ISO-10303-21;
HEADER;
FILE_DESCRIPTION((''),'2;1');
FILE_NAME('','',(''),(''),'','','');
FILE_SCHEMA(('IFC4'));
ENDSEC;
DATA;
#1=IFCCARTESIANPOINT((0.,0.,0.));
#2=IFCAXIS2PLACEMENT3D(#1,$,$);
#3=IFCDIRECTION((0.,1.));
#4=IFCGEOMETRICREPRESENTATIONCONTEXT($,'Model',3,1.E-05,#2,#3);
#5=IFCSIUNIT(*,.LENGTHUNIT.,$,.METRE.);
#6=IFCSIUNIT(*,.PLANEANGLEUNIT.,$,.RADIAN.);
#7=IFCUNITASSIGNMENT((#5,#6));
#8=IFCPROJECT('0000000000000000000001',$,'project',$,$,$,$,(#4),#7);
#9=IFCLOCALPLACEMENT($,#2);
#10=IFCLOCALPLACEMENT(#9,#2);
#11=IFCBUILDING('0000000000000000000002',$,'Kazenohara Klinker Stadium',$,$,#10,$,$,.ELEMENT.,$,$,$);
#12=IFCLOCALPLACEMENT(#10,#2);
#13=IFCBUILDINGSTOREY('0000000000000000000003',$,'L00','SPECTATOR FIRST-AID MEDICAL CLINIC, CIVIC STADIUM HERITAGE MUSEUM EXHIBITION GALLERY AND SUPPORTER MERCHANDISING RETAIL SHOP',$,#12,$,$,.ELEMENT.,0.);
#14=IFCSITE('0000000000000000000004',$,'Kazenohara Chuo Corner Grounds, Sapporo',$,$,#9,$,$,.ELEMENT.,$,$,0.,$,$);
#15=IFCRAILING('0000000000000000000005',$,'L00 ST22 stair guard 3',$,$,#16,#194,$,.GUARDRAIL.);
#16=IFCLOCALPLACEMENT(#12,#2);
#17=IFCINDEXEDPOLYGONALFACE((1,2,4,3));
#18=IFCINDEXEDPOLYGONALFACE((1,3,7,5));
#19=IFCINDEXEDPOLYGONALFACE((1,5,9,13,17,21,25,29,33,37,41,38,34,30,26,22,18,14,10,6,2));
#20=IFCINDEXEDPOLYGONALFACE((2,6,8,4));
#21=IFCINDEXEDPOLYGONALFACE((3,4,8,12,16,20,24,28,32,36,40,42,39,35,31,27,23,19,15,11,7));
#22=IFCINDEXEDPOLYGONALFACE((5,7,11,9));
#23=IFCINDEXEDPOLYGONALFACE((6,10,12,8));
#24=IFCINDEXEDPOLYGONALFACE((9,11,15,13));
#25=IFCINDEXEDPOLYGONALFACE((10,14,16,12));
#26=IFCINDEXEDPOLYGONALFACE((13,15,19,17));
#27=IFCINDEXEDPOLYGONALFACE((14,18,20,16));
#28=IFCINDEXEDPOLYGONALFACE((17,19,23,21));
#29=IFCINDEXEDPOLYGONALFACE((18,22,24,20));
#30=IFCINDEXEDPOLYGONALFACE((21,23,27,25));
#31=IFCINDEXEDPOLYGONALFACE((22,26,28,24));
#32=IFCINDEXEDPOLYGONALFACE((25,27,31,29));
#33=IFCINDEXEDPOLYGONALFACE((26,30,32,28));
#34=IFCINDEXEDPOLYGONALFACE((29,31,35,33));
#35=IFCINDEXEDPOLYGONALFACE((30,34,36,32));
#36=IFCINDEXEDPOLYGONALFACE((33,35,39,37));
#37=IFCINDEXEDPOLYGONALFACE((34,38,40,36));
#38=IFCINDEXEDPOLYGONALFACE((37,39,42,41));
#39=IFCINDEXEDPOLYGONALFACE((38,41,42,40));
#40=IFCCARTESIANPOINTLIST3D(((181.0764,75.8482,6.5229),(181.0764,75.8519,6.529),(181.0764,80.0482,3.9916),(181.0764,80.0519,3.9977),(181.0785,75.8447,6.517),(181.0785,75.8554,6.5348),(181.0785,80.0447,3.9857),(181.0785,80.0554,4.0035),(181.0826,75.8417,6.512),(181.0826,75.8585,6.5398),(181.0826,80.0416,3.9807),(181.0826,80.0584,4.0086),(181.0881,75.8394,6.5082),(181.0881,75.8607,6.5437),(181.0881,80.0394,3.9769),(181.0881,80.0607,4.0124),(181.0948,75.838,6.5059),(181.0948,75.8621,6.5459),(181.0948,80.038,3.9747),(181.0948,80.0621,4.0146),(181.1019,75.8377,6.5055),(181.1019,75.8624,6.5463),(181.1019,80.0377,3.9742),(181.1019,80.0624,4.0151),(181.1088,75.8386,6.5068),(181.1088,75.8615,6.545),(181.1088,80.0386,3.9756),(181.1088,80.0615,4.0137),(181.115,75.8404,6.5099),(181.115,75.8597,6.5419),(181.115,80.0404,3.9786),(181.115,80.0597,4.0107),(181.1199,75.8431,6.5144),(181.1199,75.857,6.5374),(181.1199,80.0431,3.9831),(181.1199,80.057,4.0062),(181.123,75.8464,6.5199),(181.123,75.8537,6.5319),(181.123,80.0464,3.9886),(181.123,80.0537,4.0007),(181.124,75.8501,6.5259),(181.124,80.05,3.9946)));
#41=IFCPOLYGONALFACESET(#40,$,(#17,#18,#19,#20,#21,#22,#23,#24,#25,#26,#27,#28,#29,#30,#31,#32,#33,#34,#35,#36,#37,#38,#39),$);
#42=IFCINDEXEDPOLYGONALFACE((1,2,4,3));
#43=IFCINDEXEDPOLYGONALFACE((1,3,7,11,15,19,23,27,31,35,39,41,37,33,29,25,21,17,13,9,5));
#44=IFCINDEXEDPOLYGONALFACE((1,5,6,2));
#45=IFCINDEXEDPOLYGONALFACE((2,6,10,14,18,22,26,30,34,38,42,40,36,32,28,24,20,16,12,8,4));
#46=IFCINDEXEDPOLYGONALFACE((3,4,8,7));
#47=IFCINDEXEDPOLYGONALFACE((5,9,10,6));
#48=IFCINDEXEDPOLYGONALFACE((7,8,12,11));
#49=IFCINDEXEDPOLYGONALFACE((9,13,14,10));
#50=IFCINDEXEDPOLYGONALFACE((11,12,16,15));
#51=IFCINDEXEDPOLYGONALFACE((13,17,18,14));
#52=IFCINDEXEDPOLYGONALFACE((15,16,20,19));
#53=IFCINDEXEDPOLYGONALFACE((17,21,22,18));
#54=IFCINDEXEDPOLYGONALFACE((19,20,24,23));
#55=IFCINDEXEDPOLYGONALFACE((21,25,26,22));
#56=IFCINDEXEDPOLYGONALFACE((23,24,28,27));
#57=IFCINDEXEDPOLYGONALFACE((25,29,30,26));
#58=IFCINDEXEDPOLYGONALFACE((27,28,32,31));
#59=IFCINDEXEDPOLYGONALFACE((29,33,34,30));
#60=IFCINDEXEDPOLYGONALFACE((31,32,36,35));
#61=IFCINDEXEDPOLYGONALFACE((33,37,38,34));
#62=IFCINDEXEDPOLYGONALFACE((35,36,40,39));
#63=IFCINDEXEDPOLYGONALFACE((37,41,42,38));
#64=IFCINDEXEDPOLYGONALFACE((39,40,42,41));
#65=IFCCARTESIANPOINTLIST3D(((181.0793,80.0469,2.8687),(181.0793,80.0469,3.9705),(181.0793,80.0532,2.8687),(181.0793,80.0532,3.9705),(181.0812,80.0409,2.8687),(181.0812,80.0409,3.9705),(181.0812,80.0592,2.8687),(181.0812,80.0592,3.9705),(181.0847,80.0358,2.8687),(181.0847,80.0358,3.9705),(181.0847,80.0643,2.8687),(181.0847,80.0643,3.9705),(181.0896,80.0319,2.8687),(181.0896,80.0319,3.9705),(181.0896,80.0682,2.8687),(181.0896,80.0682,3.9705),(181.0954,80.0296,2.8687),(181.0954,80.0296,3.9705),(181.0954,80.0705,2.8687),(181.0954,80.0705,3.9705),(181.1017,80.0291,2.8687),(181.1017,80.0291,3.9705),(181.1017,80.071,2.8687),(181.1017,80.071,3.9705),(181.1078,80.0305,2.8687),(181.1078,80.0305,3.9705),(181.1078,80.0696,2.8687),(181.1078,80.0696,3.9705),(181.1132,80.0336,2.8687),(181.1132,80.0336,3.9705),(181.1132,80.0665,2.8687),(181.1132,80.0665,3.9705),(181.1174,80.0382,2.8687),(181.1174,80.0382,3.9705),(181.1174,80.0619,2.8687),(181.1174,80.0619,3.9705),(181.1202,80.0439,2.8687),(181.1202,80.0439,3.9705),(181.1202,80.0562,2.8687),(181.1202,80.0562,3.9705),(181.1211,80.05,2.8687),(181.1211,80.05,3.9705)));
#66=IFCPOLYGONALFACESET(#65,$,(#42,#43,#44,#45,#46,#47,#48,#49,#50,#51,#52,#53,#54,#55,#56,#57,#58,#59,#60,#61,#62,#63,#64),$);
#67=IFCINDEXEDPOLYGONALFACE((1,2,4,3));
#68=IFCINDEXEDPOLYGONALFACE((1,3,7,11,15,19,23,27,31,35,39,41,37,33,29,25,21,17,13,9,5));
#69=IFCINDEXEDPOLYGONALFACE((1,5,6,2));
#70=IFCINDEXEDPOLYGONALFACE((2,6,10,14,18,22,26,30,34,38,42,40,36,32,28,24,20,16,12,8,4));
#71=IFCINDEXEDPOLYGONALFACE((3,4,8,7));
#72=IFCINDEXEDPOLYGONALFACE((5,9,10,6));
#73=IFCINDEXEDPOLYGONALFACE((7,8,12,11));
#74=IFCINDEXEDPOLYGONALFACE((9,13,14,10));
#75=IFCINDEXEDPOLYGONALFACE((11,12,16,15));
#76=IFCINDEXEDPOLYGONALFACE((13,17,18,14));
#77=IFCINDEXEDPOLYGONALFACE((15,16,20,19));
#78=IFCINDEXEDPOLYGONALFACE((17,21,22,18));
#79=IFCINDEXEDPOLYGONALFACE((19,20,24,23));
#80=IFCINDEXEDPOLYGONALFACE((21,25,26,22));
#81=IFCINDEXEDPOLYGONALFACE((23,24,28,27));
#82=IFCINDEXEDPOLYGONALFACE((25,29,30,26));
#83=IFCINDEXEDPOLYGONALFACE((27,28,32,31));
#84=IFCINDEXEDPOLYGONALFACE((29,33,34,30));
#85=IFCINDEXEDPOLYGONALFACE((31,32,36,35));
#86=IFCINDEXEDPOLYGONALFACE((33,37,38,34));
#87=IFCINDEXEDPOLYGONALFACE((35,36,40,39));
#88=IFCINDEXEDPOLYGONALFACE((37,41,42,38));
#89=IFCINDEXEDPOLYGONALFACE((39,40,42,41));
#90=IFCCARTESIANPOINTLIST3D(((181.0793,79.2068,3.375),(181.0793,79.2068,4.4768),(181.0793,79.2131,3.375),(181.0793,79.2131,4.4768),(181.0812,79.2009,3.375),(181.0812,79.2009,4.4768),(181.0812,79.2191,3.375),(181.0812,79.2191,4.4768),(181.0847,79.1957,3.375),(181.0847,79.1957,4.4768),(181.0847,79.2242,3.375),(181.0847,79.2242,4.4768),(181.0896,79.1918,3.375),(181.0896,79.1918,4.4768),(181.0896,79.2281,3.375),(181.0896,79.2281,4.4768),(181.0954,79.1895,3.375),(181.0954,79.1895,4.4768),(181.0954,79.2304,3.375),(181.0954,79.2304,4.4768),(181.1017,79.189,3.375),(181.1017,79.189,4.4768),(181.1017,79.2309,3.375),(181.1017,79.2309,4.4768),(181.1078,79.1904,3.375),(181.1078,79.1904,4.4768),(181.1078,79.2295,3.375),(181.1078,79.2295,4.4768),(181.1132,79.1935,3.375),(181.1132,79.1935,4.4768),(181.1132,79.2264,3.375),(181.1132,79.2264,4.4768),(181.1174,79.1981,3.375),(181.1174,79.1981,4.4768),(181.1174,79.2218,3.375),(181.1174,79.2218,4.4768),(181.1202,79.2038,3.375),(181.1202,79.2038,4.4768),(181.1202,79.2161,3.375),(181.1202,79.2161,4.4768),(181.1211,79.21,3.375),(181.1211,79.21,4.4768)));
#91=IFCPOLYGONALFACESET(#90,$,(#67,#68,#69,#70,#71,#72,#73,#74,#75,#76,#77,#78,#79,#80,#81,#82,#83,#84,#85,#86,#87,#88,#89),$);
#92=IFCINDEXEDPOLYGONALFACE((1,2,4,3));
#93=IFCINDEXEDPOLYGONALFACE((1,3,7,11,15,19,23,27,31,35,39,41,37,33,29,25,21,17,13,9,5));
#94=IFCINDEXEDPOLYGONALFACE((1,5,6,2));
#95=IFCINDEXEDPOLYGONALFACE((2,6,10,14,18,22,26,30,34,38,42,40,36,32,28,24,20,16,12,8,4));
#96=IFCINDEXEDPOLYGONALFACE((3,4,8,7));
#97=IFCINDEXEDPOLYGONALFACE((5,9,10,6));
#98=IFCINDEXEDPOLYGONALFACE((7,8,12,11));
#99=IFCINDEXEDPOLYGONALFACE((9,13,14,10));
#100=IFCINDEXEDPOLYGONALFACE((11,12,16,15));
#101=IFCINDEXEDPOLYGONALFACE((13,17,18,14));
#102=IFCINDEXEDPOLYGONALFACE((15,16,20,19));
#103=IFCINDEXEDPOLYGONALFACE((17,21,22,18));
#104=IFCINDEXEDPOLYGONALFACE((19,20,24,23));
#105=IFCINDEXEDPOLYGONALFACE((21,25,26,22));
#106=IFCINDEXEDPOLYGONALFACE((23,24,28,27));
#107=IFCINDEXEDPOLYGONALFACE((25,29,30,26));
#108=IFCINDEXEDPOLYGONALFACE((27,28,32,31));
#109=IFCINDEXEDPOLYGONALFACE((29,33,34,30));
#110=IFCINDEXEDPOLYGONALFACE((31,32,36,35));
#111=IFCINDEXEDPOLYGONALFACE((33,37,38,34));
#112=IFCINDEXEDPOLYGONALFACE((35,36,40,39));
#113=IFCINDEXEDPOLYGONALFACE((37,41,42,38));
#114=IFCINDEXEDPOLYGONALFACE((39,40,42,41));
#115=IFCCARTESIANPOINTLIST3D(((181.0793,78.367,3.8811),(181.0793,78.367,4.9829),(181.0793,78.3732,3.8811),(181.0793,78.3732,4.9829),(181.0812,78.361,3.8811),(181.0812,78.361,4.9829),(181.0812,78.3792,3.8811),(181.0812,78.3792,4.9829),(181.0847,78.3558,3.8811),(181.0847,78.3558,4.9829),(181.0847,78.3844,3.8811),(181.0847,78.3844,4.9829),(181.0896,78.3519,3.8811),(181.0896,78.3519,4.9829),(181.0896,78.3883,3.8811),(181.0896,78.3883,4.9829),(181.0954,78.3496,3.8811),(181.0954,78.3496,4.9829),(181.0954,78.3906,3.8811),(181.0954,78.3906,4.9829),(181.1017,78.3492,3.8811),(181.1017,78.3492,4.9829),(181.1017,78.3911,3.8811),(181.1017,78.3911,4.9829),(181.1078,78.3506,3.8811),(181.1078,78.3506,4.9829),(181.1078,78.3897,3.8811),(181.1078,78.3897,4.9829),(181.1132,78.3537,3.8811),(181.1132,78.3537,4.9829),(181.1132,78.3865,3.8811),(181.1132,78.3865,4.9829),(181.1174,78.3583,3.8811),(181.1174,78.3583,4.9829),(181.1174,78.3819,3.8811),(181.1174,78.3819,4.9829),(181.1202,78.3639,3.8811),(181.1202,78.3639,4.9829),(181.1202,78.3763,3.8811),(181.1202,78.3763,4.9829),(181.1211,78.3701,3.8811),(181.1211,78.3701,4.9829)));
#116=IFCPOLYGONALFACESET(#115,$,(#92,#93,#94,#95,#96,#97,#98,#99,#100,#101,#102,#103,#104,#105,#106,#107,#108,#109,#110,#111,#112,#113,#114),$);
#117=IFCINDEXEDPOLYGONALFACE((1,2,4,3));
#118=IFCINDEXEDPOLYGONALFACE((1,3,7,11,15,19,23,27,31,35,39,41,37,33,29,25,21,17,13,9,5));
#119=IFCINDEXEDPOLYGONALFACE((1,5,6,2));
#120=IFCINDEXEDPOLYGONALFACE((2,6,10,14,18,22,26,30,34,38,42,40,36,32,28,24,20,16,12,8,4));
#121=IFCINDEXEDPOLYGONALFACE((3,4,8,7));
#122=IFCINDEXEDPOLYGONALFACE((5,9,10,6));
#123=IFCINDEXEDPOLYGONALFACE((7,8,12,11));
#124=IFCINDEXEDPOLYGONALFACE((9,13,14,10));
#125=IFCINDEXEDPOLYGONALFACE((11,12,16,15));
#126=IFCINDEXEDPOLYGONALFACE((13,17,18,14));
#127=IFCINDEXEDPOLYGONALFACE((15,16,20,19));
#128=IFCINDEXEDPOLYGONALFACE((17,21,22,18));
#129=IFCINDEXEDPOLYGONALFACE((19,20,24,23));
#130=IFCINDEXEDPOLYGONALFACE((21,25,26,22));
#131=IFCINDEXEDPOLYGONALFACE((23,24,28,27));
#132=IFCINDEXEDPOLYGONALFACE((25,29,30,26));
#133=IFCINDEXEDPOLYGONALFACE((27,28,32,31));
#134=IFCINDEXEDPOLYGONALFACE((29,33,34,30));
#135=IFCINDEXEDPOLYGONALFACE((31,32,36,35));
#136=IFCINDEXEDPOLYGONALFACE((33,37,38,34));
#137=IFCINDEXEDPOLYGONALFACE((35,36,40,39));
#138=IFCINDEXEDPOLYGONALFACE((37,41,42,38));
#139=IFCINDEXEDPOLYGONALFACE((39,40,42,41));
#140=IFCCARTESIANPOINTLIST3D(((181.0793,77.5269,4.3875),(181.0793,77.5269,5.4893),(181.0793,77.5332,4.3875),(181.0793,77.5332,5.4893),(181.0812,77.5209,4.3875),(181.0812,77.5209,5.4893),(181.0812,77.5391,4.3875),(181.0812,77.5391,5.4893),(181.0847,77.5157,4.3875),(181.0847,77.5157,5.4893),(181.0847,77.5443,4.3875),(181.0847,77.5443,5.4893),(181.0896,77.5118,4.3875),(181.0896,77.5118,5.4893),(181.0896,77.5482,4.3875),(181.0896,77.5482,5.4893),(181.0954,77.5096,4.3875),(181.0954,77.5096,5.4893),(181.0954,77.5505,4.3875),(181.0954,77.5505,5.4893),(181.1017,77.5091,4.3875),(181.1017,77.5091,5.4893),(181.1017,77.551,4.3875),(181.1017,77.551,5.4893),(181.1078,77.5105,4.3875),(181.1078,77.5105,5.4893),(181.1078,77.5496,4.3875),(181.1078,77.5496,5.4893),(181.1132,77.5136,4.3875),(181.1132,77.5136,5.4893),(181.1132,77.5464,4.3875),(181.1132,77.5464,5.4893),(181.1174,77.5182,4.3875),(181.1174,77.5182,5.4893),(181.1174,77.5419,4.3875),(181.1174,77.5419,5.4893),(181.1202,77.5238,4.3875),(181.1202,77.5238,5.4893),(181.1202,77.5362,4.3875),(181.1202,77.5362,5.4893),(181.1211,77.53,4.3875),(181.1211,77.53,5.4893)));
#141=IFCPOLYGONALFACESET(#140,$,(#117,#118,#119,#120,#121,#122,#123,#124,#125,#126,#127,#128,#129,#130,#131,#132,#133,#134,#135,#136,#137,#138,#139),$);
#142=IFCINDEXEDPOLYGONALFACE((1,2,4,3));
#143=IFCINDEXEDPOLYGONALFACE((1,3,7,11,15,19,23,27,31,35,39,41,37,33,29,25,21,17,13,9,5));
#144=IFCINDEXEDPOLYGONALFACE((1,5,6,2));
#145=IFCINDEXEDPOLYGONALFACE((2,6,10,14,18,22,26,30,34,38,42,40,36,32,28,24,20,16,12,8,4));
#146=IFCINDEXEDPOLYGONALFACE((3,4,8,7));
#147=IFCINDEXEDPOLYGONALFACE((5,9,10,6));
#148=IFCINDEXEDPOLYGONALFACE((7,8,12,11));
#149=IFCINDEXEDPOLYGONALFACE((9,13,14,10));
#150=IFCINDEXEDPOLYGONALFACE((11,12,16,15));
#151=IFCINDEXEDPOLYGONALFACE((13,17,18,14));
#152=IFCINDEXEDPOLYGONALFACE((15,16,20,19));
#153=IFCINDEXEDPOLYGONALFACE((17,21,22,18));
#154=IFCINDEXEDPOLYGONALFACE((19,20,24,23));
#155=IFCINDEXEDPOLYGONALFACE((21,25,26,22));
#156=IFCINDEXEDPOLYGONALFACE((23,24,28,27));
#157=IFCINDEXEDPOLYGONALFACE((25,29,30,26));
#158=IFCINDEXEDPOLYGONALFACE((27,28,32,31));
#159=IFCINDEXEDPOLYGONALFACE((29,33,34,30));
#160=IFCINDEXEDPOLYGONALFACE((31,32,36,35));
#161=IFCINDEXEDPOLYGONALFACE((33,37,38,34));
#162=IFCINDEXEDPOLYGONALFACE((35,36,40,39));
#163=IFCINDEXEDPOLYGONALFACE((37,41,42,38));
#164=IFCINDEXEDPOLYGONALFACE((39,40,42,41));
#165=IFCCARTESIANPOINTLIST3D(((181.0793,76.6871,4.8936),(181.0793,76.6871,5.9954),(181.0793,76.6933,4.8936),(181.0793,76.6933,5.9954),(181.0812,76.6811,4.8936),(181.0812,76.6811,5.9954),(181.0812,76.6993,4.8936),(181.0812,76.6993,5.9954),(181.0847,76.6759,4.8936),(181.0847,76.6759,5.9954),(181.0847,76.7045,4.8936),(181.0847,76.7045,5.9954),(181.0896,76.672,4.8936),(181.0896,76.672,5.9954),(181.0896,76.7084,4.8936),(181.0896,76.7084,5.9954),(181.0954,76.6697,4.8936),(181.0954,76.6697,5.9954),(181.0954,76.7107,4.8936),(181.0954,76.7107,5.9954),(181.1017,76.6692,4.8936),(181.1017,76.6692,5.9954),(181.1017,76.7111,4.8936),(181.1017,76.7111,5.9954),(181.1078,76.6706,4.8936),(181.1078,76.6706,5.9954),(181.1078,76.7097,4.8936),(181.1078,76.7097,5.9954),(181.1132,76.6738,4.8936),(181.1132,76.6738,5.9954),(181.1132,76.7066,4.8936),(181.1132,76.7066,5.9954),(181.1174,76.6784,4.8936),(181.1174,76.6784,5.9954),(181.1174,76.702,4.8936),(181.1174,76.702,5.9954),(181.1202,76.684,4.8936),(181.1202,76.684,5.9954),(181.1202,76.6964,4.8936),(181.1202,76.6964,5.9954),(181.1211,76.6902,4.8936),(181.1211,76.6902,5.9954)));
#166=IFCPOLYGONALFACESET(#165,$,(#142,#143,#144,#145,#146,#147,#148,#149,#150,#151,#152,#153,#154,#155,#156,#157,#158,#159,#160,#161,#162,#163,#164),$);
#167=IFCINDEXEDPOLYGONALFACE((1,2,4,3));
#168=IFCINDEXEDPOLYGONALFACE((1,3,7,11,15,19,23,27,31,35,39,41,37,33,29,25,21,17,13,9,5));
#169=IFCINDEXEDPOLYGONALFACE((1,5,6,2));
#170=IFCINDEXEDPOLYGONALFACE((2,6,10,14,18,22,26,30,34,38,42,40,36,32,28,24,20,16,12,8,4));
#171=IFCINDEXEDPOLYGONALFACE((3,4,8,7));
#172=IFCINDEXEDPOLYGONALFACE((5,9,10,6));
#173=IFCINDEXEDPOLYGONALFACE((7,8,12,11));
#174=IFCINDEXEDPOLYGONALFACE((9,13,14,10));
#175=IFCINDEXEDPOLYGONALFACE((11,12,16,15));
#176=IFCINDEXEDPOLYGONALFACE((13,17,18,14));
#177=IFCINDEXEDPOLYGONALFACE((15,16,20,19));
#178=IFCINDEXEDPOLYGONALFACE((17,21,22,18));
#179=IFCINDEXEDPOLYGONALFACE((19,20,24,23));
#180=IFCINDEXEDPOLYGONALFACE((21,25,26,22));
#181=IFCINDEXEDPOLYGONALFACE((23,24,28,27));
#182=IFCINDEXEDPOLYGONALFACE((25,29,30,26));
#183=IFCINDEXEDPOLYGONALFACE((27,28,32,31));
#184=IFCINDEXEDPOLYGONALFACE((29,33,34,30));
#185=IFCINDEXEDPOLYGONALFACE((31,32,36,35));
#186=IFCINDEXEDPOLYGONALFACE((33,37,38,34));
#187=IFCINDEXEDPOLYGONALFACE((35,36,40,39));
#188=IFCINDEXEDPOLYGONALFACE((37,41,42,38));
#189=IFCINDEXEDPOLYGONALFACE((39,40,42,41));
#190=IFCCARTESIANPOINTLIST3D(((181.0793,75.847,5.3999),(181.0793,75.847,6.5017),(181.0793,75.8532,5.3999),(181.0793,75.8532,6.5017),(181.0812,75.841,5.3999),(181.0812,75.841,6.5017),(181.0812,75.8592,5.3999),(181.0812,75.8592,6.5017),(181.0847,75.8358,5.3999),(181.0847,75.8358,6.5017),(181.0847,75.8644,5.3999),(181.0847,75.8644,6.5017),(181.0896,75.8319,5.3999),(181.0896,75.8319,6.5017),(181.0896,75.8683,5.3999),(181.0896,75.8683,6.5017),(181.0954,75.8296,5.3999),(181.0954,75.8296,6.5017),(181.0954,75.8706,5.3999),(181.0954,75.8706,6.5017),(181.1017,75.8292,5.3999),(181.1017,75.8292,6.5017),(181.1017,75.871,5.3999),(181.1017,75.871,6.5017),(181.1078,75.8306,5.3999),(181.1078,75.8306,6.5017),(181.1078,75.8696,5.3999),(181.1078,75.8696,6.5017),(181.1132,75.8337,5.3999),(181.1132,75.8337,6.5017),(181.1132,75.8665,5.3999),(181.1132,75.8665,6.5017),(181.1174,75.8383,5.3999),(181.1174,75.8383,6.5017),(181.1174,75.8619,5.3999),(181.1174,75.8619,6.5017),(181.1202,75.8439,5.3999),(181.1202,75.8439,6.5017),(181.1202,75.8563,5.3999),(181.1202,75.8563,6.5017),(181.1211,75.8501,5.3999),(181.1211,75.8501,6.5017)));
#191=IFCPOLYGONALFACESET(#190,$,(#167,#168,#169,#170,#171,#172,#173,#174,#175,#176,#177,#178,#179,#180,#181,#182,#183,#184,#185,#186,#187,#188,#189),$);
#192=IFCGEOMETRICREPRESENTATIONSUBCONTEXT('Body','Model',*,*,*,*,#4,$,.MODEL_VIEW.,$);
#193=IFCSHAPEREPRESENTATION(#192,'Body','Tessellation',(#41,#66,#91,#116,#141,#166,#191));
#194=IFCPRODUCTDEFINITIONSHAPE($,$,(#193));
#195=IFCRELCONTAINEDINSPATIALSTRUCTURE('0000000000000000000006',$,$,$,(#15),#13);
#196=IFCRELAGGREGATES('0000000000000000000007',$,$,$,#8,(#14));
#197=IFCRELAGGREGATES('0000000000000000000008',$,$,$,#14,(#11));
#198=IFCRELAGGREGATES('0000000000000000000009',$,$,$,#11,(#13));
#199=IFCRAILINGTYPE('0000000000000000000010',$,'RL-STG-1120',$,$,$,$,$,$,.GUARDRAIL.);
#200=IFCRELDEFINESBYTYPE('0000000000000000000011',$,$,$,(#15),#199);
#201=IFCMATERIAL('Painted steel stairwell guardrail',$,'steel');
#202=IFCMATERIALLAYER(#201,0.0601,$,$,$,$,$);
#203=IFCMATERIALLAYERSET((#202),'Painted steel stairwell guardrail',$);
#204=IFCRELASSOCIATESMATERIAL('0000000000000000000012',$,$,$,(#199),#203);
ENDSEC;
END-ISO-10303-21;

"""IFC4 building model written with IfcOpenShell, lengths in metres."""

from ifc_helpers import new_model, si_unit, direction, frame, origin, origin_2d, place, context, subcontext, project, spatial, circle, extrude, material, layer, layer_set, type_object, element, save


model = new_model("IFC4")

# Units and contexts
model_context = context("Model", 3, precision=1e-05, world=origin(), true_north=direction((0.0, 1.0)))
body_context = subcontext(model_context, "Body", "Model", "MODEL_VIEW")
ifc_project = project(units=[si_unit("LENGTHUNIT", "METRE"), si_unit("PLANEANGLEUNIT", "RADIAN")], contexts=[model_context])

# Site, building, storey
site_placement = place(None, origin())
site = spatial("IfcSite", under=ifc_project, at=site_placement, Name="Kazenohara Chuo Corner Grounds, Sapporo", CompositionType="ELEMENT", RefElevation=0.0)
building_placement = place(site_placement, origin())
building = spatial("IfcBuilding", under=site, at=building_placement, Name="Kazenohara Klinker Stadium", CompositionType="ELEMENT")
storey_placement = place(building_placement, origin())
storey = spatial("IfcBuildingStorey", under=building, at=storey_placement, Name="L00", Description="SPECTATOR FIRST-AID MEDICAL CLINIC, CIVIC STADIUM HERITAGE MUSEUM EXHIBITION GALLERY AND SUPPORTER MERCHANDISING RETAIL SHOP", CompositionType="ELEMENT", Elevation=0.0)

# Railing
ifc_material_1 = material(Name="Painted steel stairwell guardrail", Category="steel")
ifc_layer_1 = layer(ifc_material_1, 0.0601)
ifc_layer_set_1 = layer_set([ifc_layer_1], Name="Painted steel stairwell guardrail")
railing_type_1 = type_object("IfcRailingType", Name="RL-STG-1120", PredefinedType="GUARDRAIL", material=ifc_layer_set_1)
railing_1_placement = place(storey_placement, frame((181.1001, 80.05, 2.8687)))
element("IfcRailing", 1, at=railing_1_placement, inside=storey, type_object=railing_type_1, Name="L00 ST22 stair guard 3", PredefinedType="GUARDRAIL", context=body_context, shape_type="SweptSolid", body=[
    extrude(circle(Radius=0.0239, at=origin_2d()), frame((0.0, 0.0, 1.126), z_axis=(0.0, -0.856476, 0.516186), x_axis=(1.0, 0.0, 0.0)), (0.0, 0.0, 1.0), 4.9038),
    extrude(circle(Radius=0.021, at=origin_2d()), origin(), (0.0, 0.0, 1.0), 1.1018),
    extrude(circle(Radius=0.021, at=origin_2d()), frame((0.0, -0.8401, 0.5063)), (0.0, 0.0, 1.0), 1.1018),
    extrude(circle(Radius=0.021, at=origin_2d()), frame((0.0, -1.6799, 1.0125)), (0.0, 0.0, 1.0), 1.1018),
    extrude(circle(Radius=0.021, at=origin_2d()), frame((0.0, -2.52, 1.5188)), (0.0, 0.0, 1.0), 1.1018),
    extrude(circle(Radius=0.021, at=origin_2d()), frame((0.0, -3.3599, 2.0249)), (0.0, 0.0, 1.0), 1.1018),
    extrude(circle(Radius=0.021, at=origin_2d()), frame((0.0, -4.2, 2.5312)), (0.0, 0.0, 1.0), 1.1018),
])

save(model, "model.ifc")
